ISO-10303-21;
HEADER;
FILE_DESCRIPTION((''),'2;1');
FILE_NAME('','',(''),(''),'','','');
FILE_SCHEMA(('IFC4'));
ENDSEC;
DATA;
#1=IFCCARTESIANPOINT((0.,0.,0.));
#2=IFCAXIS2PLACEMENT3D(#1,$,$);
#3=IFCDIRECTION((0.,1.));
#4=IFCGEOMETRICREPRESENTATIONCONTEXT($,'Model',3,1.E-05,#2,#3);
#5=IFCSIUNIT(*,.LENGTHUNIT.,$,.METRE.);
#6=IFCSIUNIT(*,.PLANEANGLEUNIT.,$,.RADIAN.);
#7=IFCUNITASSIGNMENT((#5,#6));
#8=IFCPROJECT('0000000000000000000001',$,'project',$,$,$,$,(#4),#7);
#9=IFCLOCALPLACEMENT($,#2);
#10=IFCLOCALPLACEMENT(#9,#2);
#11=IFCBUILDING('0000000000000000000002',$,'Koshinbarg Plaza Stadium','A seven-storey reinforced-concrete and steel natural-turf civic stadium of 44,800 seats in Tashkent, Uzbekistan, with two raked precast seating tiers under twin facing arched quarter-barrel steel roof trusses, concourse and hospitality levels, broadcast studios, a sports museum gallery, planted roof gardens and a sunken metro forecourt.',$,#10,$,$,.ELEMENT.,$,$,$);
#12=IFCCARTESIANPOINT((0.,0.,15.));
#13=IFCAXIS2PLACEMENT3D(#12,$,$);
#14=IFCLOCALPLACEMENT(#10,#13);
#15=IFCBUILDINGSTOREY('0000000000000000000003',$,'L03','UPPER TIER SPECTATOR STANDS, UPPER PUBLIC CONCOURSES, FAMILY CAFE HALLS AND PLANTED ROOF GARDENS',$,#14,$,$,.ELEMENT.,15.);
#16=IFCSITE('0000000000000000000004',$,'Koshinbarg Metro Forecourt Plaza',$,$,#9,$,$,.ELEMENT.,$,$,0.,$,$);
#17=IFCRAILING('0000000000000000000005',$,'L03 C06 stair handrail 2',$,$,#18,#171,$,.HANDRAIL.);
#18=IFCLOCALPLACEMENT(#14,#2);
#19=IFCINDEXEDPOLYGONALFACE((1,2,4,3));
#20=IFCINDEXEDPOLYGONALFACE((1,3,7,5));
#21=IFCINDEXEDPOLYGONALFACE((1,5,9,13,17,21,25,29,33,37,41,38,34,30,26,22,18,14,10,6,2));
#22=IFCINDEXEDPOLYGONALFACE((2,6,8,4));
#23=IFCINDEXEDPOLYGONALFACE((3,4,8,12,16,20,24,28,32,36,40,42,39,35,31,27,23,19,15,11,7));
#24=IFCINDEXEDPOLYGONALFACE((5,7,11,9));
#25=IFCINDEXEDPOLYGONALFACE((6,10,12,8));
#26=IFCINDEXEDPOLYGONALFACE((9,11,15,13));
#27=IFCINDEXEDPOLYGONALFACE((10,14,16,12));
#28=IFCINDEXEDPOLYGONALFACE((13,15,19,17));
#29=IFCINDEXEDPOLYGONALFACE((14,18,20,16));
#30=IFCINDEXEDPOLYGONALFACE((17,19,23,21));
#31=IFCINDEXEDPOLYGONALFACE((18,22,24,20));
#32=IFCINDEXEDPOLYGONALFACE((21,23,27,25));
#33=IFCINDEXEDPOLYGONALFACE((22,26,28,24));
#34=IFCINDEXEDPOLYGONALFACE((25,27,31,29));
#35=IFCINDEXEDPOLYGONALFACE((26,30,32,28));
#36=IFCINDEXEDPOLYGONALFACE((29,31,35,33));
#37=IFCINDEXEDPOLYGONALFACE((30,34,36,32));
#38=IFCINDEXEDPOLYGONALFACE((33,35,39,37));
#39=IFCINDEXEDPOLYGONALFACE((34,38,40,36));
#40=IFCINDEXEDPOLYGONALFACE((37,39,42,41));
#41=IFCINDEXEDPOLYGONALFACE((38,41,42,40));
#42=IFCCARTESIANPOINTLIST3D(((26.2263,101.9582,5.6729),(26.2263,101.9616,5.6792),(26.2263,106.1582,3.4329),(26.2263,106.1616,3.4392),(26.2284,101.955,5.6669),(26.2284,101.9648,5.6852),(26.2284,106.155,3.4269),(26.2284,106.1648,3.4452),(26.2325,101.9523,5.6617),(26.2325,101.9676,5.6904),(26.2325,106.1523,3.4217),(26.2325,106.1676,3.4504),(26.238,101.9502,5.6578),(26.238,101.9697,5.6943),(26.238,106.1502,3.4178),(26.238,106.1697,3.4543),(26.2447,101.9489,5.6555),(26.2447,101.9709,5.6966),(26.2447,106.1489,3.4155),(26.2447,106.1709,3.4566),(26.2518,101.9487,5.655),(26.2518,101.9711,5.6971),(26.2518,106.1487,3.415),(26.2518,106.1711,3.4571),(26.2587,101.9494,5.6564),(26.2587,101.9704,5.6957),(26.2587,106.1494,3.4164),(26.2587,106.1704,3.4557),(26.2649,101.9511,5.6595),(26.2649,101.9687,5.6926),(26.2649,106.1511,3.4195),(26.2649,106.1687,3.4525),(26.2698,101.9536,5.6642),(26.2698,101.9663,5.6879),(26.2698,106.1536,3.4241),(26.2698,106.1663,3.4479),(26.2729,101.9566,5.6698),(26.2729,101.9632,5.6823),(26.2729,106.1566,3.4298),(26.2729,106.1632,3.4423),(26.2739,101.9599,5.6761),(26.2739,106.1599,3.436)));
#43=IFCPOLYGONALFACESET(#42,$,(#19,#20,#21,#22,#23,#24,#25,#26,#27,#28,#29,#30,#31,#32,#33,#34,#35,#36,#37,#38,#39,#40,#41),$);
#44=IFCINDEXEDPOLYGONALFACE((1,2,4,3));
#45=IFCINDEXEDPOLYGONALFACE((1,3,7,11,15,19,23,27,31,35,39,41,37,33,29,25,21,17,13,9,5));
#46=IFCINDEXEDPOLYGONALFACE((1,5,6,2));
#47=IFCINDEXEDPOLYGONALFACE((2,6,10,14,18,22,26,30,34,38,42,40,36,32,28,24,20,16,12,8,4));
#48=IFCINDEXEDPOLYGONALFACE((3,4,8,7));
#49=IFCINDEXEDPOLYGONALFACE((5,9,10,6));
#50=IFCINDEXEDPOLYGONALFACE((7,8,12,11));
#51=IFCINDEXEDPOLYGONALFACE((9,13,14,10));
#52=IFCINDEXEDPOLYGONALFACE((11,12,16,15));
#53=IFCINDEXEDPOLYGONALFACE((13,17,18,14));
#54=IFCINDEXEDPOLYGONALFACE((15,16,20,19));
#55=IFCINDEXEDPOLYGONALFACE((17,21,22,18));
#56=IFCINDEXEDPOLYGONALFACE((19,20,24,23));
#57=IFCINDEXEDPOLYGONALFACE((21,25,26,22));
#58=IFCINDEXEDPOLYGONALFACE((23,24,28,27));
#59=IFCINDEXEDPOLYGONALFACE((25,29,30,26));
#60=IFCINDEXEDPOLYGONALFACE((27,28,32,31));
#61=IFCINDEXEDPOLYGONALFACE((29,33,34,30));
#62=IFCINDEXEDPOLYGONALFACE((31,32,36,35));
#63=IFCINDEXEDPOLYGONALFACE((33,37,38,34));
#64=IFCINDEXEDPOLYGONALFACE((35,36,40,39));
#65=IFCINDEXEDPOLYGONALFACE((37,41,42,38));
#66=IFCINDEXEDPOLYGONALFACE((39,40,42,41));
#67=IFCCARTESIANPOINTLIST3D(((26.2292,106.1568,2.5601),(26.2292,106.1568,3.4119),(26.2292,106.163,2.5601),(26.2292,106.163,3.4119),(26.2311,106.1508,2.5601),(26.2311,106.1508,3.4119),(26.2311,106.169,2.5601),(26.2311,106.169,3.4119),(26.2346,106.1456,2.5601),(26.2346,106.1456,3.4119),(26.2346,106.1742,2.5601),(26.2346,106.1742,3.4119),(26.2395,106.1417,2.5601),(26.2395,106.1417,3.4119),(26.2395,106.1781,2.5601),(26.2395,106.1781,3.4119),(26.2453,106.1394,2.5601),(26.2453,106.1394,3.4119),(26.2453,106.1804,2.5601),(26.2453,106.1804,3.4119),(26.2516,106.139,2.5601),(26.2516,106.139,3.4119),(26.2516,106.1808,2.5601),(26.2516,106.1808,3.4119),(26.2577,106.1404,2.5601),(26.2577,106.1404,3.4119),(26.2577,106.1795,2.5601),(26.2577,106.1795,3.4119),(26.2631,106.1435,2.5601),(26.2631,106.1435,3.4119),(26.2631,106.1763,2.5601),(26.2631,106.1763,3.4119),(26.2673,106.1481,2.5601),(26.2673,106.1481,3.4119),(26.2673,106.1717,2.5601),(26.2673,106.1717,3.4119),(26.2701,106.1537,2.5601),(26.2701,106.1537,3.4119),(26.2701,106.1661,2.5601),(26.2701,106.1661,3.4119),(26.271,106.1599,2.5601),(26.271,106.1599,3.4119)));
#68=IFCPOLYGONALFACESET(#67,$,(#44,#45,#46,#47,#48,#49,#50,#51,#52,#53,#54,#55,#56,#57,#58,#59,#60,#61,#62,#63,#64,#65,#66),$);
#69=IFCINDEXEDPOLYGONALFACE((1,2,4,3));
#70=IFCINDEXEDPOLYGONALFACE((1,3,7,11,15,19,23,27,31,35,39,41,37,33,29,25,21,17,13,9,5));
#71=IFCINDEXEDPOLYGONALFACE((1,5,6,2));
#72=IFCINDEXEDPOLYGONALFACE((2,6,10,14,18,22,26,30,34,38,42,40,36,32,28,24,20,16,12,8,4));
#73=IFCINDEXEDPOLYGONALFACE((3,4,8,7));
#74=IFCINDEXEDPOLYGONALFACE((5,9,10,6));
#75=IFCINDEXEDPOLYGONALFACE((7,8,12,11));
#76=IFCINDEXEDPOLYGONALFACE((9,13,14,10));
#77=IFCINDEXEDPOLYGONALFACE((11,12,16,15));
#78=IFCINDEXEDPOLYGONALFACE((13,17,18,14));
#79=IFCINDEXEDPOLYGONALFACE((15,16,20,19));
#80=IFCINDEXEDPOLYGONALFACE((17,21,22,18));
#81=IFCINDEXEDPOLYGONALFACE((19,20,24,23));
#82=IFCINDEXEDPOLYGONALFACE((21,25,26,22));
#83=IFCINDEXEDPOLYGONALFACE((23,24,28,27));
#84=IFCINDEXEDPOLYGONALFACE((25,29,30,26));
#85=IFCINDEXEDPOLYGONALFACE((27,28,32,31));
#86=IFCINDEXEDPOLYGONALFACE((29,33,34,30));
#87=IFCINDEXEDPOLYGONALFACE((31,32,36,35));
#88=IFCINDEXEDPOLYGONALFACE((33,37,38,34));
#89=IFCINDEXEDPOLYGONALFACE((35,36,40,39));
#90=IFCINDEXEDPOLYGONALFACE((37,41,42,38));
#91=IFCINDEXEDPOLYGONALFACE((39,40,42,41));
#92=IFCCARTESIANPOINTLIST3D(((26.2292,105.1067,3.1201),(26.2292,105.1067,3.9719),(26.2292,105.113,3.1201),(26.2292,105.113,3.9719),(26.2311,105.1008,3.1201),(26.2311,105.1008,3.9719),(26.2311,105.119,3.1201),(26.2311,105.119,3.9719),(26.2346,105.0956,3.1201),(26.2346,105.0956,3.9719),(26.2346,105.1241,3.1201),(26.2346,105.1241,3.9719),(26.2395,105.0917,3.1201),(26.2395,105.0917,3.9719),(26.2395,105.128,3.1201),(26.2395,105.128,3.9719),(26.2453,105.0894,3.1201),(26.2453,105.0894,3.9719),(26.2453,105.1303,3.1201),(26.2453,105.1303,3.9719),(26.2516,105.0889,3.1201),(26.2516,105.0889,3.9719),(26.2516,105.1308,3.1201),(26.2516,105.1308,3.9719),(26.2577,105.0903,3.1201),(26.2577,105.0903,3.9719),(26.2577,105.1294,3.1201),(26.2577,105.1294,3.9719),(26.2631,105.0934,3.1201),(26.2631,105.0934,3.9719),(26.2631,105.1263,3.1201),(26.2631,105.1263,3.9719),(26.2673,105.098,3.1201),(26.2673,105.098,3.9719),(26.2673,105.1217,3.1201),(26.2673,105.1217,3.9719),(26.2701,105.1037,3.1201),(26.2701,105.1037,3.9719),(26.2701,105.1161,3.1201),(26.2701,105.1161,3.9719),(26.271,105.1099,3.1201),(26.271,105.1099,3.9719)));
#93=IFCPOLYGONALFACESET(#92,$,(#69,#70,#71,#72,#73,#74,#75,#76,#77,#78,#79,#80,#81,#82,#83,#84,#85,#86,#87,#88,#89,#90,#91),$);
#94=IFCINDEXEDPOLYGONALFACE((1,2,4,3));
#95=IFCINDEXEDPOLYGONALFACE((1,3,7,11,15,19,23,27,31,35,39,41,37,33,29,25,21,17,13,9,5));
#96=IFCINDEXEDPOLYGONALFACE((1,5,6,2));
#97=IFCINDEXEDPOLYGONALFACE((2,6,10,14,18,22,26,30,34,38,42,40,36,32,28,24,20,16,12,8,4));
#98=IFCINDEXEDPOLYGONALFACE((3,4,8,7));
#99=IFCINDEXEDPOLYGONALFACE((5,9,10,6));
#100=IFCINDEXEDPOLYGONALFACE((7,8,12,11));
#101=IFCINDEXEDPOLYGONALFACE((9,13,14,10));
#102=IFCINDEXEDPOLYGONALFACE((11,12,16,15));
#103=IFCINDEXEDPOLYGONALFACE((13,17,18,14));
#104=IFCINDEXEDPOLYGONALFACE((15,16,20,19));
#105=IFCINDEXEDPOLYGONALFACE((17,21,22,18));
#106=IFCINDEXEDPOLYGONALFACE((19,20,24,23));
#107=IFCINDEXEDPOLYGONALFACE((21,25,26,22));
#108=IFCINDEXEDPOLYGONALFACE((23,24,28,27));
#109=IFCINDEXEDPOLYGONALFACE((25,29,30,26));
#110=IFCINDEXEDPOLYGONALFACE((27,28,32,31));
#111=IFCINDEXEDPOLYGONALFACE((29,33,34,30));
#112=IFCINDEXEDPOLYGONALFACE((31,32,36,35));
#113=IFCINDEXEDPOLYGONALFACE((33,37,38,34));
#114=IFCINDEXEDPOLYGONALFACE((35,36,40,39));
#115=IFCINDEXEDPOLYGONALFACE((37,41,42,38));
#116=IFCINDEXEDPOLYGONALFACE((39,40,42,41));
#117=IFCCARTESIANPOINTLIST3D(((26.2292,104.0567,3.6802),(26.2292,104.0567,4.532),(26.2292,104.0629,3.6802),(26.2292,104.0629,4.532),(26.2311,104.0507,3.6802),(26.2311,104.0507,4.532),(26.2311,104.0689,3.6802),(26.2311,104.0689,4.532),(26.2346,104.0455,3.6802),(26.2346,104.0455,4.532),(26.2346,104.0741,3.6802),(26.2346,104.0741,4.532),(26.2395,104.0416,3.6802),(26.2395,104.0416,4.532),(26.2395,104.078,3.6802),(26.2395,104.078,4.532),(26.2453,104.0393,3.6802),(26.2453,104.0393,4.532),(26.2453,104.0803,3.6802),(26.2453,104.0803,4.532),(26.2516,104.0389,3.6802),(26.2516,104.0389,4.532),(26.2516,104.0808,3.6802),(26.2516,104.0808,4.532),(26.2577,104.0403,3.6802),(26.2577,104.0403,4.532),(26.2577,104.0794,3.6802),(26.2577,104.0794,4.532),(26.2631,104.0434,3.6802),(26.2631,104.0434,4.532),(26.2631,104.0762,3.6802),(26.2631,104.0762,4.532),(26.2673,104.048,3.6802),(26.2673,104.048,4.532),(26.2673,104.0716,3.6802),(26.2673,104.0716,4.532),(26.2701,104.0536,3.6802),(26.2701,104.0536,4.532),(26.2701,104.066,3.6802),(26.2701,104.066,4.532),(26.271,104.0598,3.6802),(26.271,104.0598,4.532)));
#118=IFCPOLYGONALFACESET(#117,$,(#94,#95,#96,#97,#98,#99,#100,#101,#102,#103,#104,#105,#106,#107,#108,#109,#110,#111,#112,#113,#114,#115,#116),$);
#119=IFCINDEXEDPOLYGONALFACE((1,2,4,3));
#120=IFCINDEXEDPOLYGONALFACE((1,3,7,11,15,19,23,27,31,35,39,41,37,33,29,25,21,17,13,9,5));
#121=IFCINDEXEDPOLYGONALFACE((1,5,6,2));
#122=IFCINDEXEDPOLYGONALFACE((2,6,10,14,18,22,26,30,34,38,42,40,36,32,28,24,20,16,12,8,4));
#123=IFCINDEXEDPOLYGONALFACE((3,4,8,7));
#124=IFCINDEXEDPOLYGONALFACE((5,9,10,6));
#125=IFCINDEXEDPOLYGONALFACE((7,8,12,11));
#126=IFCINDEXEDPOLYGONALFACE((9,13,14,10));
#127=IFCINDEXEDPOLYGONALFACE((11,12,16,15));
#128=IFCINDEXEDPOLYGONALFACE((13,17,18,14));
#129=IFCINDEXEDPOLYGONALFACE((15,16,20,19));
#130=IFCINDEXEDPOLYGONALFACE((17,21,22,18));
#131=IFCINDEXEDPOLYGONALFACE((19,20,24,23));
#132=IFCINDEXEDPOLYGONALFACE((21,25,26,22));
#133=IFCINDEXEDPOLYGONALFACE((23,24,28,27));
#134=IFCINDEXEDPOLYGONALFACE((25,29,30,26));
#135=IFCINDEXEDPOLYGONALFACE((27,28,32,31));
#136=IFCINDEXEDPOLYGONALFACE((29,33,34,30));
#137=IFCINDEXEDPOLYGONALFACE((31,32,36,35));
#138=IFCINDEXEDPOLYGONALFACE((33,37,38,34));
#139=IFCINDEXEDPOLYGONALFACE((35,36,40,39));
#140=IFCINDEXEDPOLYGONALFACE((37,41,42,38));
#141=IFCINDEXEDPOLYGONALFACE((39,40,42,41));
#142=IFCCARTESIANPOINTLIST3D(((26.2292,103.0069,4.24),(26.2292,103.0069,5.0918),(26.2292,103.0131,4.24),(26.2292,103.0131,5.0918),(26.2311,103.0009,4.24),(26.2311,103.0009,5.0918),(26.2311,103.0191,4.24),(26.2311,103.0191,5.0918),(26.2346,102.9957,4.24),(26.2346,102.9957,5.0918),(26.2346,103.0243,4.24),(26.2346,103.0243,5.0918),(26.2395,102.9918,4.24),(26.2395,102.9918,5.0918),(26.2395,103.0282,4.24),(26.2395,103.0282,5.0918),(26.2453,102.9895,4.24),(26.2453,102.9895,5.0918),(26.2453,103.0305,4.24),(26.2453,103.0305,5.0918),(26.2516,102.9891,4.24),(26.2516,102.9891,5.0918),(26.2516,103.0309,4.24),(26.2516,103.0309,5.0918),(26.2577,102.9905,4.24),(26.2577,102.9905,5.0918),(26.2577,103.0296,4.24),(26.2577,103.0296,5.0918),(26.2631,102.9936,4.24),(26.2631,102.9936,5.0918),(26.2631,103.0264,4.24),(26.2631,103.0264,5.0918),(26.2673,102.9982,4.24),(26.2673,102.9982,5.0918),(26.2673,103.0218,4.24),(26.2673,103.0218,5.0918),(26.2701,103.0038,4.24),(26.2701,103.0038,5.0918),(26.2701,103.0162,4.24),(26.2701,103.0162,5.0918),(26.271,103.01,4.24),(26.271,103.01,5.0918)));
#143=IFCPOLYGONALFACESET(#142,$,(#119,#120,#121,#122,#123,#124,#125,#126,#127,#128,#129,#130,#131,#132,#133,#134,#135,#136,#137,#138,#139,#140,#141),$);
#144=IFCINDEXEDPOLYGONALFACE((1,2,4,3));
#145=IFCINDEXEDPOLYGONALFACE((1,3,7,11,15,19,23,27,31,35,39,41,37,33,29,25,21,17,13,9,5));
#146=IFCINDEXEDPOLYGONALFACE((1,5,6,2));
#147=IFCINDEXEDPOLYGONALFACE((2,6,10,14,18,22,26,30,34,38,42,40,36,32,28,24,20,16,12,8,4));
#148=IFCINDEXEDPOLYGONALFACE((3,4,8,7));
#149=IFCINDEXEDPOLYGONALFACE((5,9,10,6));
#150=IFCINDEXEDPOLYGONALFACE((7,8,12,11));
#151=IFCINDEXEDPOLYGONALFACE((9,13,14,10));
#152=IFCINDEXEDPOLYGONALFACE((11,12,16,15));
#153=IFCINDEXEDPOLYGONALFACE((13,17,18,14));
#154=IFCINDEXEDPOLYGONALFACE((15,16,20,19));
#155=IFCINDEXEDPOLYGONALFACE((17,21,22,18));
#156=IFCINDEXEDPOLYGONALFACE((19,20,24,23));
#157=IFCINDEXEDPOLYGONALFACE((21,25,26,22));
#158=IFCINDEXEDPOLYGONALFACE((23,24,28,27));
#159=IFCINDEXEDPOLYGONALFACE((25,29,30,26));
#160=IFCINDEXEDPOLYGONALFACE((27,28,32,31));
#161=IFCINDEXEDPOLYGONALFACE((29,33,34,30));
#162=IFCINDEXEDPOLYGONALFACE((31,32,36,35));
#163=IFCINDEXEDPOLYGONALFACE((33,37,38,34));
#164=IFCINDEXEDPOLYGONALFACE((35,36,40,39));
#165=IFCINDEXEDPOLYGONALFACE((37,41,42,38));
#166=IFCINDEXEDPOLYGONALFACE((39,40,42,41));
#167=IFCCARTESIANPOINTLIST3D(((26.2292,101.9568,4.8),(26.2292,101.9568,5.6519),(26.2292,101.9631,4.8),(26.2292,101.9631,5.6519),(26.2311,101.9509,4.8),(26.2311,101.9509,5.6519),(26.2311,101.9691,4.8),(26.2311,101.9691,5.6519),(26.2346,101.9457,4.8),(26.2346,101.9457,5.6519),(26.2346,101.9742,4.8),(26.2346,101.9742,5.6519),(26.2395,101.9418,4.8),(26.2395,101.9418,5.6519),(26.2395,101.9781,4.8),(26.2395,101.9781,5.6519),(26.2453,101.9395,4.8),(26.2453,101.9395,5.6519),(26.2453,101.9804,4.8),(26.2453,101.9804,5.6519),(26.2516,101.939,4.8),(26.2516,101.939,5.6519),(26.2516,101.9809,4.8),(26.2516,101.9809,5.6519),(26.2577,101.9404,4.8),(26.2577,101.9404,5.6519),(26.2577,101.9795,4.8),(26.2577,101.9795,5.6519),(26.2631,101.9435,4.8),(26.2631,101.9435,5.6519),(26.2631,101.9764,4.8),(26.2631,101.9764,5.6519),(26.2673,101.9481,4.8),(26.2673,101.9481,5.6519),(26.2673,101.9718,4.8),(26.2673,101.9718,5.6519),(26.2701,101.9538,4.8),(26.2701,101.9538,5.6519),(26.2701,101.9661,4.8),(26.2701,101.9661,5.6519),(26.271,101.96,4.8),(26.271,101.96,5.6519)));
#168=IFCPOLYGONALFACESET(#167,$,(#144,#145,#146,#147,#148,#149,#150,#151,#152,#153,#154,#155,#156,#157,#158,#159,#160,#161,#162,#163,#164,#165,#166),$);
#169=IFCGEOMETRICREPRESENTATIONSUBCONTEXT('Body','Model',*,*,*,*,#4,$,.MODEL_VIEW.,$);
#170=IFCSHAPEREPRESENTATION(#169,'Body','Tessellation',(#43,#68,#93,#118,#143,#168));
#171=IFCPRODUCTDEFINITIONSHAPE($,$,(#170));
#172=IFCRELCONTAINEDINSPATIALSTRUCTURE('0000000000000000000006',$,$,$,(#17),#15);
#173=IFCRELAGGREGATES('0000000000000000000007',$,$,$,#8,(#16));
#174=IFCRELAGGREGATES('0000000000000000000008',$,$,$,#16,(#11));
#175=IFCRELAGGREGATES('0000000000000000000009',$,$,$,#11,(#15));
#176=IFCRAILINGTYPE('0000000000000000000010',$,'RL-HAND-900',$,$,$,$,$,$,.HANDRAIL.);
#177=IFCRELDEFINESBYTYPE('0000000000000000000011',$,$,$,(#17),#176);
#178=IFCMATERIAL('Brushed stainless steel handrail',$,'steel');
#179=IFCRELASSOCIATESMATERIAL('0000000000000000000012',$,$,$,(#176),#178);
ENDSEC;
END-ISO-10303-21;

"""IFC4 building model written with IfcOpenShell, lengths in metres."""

from ifc_helpers import new_model, si_unit, direction, frame, origin, origin_2d, place, context, subcontext, project, spatial, circle, extrude, material, type_object, element, save


model = new_model("IFC4")

# Units and contexts
model_context = context("Model", 3, precision=1e-05, world=origin(), true_north=direction((0.0, 1.0)))
body_context = subcontext(model_context, "Body", "Model", "MODEL_VIEW")
ifc_project = project(units=[si_unit("LENGTHUNIT", "METRE"), si_unit("PLANEANGLEUNIT", "RADIAN")], contexts=[model_context])

# Site, building, storey
site_placement = place(None, origin())
site = spatial("IfcSite", under=ifc_project, at=site_placement, Name="Koshinbarg Metro Forecourt Plaza", CompositionType="ELEMENT", RefElevation=0.0)
building_placement = place(site_placement, origin())
building = spatial("IfcBuilding", under=site, at=building_placement, Name="Koshinbarg Plaza Stadium", Description="A seven-storey reinforced-concrete and steel natural-turf civic stadium of 44,800 seats in Tashkent, Uzbekistan, with two raked precast seating tiers under twin facing arched quarter-barrel steel roof trusses, concourse and hospitality levels, broadcast studios, a sports museum gallery, planted roof gardens and a sunken metro forecourt.", CompositionType="ELEMENT")
storey_placement = place(building_placement, frame((0.0, 0.0, 15.0)))
storey = spatial("IfcBuildingStorey", under=building, at=storey_placement, Name="L03", Description="UPPER TIER SPECTATOR STANDS, UPPER PUBLIC CONCOURSES, FAMILY CAFE HALLS AND PLANTED ROOF GARDENS", CompositionType="ELEMENT", Elevation=15.0)

# Railing
ifc_material_1 = material(Name="Brushed stainless steel handrail", Category="steel")
railing_type_1 = type_object("IfcRailingType", Name="RL-HAND-900", PredefinedType="HANDRAIL", material=ifc_material_1)
railing_1_placement = place(storey_placement, frame((26.25, 106.1599, 2.5601)))
element("IfcRailing", 1, at=railing_1_placement, inside=storey, type_object=railing_type_1, Name="L03 C06 stair handrail 2", PredefinedType="HANDRAIL", context=body_context, shape_type="SweptSolid", body=[
    extrude(circle(Radius=0.0239, at=origin_2d()), frame((0.0, 0.0, 0.876), z_axis=(0.0, -0.882352, 0.470591), x_axis=(1.0, 0.0, 0.0)), (0.0, 0.0, 1.0), 4.76),
    extrude(circle(Radius=0.021, at=origin_2d()), origin(), (0.0, 0.0, 1.0), 0.8518),
    extrude(circle(Radius=0.021, at=origin_2d()), frame((0.0, -1.05, 0.5601)), (0.0, 0.0, 1.0), 0.8518),
    extrude(circle(Radius=0.021, at=origin_2d()), frame((0.0, -2.1001, 1.1201)), (0.0, 0.0, 1.0), 0.8518),
    extrude(circle(Radius=0.021, at=origin_2d()), frame((0.0, -3.1499, 1.6799)), (0.0, 0.0, 1.0), 0.8518),
    extrude(circle(Radius=0.021, at=origin_2d()), frame((0.0, -4.2, 2.24)), (0.0, 0.0, 1.0), 0.8518),
])

save(model, "model.ifc")
